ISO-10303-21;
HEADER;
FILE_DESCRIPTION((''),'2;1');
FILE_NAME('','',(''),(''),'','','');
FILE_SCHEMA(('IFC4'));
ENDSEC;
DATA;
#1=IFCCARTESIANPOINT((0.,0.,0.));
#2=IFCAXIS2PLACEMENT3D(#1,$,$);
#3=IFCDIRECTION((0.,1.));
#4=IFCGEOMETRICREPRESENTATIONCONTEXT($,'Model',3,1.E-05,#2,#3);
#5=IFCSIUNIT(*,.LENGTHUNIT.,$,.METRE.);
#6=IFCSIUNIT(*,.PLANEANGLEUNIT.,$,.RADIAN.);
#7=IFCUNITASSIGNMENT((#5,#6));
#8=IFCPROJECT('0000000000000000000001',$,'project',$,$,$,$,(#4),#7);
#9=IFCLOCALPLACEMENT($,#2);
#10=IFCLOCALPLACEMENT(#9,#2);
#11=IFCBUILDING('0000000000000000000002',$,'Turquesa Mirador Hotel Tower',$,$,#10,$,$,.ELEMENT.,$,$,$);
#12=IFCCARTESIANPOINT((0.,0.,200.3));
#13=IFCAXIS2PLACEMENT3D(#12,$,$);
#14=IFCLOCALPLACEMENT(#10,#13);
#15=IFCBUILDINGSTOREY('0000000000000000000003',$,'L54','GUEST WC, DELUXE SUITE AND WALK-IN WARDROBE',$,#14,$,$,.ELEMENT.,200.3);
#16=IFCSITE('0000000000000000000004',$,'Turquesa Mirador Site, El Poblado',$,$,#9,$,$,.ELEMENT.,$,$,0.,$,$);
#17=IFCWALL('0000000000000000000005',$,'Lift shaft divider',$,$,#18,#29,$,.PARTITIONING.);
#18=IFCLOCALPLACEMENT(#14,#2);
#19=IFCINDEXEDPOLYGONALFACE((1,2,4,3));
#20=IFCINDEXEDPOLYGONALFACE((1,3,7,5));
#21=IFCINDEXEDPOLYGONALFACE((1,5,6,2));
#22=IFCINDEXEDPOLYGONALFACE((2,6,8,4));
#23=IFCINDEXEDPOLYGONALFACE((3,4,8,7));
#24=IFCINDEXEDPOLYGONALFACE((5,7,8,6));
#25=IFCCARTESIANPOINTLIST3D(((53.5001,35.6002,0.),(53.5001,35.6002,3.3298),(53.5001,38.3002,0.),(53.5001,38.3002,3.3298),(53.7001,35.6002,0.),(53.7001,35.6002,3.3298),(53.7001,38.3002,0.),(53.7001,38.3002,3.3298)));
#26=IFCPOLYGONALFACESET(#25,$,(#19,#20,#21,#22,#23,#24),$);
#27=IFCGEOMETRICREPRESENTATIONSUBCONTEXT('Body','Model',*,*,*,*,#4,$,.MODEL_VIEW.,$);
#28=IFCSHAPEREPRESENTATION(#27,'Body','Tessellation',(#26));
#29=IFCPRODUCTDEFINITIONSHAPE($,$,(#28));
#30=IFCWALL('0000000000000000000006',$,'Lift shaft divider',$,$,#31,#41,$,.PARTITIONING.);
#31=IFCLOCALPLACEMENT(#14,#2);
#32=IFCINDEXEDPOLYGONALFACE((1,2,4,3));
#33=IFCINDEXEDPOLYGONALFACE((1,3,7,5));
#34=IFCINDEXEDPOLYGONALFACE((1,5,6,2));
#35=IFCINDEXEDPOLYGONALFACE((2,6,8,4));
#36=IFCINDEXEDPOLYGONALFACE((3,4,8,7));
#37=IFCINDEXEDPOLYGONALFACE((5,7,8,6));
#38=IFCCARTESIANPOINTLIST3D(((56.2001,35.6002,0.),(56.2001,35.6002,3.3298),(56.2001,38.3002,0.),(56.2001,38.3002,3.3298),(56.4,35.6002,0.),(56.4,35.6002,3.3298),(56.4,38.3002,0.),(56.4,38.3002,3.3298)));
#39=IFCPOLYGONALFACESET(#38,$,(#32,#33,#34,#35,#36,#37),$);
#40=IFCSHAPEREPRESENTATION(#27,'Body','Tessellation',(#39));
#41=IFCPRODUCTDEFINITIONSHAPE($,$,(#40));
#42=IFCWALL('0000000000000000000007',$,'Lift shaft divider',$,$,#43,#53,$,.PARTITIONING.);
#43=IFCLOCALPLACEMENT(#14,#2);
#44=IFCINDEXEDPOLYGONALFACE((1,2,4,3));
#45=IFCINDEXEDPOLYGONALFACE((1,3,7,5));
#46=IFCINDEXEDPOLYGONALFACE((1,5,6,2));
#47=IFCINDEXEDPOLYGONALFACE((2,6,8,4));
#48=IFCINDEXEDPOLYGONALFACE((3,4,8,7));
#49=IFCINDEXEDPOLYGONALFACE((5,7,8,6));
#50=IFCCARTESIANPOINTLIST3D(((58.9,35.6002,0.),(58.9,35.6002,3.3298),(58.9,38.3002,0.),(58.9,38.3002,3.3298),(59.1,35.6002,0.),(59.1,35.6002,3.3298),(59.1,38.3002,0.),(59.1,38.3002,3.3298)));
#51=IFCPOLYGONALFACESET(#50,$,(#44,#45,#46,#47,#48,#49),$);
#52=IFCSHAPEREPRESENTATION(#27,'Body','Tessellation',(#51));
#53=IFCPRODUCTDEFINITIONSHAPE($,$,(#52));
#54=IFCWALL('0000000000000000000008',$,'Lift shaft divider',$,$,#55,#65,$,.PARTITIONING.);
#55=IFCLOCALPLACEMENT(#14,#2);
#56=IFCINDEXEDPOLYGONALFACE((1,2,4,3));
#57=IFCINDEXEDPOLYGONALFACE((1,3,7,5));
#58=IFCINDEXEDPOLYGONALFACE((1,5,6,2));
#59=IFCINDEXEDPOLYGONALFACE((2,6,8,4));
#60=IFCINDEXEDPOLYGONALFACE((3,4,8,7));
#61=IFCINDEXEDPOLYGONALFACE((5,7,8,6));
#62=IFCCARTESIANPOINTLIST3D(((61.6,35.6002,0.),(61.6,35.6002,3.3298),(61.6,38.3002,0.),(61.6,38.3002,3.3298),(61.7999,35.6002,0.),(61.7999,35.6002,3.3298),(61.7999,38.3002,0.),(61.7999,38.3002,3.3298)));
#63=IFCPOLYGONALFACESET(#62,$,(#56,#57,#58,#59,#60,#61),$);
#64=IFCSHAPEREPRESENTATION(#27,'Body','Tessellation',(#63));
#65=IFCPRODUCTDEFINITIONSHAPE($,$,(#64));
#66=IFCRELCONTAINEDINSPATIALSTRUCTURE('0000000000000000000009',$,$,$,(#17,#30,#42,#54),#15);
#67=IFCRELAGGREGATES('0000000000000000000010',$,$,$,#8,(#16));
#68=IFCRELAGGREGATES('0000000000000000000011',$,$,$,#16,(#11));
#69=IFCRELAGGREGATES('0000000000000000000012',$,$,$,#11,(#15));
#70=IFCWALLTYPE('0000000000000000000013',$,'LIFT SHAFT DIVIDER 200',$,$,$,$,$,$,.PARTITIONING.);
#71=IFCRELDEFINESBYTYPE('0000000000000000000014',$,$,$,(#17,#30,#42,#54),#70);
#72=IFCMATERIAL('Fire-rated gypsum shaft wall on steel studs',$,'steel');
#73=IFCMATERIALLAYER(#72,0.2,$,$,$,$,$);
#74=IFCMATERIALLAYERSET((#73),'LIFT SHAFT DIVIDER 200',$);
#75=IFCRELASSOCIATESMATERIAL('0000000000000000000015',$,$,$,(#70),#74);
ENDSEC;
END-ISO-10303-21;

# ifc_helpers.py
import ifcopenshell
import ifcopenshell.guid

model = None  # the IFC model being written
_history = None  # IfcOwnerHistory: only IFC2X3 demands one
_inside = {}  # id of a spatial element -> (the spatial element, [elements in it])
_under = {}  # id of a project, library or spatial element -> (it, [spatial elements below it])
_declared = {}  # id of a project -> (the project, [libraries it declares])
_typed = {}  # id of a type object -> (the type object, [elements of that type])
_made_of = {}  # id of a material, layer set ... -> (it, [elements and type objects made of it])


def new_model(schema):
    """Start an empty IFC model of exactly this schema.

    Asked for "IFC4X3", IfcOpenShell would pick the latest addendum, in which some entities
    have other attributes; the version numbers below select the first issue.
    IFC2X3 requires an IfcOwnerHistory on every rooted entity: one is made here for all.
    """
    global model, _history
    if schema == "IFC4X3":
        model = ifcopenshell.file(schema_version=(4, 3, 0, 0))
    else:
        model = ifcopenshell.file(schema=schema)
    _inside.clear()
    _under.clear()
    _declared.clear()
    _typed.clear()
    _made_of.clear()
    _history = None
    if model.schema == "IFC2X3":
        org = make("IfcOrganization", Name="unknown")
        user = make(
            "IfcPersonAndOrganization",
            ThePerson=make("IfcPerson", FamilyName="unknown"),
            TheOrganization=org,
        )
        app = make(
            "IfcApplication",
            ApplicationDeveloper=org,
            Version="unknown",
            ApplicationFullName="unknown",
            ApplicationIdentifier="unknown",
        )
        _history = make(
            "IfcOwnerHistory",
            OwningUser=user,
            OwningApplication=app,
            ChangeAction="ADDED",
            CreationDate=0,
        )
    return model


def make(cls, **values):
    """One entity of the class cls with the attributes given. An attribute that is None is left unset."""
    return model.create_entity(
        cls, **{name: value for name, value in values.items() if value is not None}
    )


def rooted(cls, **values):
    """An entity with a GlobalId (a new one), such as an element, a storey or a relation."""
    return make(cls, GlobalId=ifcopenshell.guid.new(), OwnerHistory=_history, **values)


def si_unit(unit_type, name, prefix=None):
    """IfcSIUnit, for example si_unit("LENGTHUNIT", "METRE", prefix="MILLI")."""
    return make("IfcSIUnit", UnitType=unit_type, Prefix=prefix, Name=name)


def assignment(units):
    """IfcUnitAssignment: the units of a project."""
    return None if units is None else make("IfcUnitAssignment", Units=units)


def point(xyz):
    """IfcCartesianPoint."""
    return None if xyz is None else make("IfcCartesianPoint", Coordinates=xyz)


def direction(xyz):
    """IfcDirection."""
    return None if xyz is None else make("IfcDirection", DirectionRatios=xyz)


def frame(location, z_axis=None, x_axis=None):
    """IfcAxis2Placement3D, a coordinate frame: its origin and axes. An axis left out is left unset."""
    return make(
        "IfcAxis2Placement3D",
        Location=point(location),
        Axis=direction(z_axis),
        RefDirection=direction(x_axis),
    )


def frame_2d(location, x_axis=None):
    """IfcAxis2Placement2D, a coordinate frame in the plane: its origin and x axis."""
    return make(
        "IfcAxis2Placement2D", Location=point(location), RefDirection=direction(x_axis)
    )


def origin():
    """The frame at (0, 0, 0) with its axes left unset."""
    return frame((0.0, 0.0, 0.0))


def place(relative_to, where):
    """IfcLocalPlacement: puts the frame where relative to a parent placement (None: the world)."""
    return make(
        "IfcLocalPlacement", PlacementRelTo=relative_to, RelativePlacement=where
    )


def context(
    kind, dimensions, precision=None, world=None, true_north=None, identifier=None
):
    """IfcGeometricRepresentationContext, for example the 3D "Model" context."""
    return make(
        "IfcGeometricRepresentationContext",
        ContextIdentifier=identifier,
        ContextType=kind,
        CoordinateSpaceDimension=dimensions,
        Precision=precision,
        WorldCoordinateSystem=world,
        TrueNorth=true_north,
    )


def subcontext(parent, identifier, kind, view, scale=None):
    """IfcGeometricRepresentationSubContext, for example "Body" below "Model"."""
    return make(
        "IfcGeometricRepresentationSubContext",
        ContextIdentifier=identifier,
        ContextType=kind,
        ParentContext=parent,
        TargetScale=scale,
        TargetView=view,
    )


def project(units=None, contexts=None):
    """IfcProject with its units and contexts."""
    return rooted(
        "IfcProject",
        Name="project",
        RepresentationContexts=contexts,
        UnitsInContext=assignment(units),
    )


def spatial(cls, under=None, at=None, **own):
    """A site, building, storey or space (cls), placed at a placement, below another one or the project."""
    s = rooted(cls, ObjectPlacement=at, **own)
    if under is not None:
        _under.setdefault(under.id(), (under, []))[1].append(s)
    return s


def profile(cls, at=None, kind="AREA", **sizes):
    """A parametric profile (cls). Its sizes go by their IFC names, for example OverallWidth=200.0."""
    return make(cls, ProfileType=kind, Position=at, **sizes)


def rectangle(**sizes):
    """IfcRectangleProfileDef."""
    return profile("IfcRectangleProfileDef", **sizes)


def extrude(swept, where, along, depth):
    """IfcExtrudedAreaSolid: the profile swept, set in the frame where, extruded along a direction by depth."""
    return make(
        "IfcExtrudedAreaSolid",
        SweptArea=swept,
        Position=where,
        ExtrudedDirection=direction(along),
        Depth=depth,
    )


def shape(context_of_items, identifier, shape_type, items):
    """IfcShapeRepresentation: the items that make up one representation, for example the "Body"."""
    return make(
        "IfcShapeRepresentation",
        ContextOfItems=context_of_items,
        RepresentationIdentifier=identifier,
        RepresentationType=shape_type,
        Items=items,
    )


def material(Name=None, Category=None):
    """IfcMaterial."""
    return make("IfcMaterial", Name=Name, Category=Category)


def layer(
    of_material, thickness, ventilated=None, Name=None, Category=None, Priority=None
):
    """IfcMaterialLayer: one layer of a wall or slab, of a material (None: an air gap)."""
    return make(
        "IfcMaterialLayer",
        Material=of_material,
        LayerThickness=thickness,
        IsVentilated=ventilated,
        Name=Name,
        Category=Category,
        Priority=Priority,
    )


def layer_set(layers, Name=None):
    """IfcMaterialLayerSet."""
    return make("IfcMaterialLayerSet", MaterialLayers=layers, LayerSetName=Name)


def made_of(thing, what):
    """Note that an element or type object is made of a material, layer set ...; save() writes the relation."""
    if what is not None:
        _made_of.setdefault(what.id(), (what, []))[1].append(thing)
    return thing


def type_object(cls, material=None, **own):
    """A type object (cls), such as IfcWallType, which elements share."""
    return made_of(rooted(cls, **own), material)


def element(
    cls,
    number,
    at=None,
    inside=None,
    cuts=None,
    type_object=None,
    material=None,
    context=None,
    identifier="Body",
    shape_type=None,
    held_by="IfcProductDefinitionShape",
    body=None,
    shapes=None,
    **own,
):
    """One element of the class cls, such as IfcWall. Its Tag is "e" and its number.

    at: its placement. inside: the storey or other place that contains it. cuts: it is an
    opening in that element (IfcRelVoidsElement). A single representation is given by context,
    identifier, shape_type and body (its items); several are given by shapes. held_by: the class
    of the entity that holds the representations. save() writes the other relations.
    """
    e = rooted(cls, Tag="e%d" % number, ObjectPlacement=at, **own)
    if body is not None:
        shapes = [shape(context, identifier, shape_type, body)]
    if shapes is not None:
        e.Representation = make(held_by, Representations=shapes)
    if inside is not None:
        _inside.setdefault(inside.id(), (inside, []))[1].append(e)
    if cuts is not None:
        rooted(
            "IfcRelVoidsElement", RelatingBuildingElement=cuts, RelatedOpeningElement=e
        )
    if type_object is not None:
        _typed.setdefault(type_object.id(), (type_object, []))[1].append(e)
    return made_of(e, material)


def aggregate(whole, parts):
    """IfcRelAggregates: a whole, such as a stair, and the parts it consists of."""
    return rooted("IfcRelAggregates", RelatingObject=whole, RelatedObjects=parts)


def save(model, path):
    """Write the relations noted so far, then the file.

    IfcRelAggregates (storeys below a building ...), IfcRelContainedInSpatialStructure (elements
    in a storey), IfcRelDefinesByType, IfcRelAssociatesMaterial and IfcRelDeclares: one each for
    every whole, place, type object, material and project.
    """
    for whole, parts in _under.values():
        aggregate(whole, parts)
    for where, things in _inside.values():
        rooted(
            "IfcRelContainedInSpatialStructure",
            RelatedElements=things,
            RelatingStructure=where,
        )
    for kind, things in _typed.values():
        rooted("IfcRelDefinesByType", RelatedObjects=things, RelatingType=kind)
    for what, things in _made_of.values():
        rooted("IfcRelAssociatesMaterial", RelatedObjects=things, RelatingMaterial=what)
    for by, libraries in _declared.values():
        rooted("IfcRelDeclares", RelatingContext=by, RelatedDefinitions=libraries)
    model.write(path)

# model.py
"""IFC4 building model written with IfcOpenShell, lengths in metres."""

from ifc_helpers import new_model, si_unit, direction, frame, frame_2d, origin, place, context, subcontext, project, spatial, rectangle, extrude, material, layer, layer_set, type_object, element, save


model = new_model("IFC4")

# Units and contexts
model_context = context("Model", 3, precision=1e-05, world=origin(), true_north=direction((0.0, 1.0)))
body_context = subcontext(model_context, "Body", "Model", "MODEL_VIEW")
ifc_project = project(units=[si_unit("LENGTHUNIT", "METRE"), si_unit("PLANEANGLEUNIT", "RADIAN")], contexts=[model_context])

# Site, building, storey
site_placement = place(None, origin())
site = spatial("IfcSite", under=ifc_project, at=site_placement, Name="Turquesa Mirador Site, El Poblado", CompositionType="ELEMENT", RefElevation=0.0)
building_placement = place(site_placement, origin())
building = spatial("IfcBuilding", under=site, at=building_placement, Name="Turquesa Mirador Hotel Tower", CompositionType="ELEMENT")
storey_placement = place(building_placement, frame((0.0, 0.0, 200.3)))
storey = spatial("IfcBuildingStorey", under=building, at=storey_placement, Name="L54", Description="GUEST WC, DELUXE SUITE AND WALK-IN WARDROBE", CompositionType="ELEMENT", Elevation=200.3)

# Walls
ifc_material_1 = material(Name="Fire-rated gypsum shaft wall on steel studs", Category="steel")
ifc_layer_1 = layer(ifc_material_1, 0.2)
ifc_layer_set_1 = layer_set([ifc_layer_1], Name="LIFT SHAFT DIVIDER 200")
wall_type_1 = type_object("IfcWallType", Name="LIFT SHAFT DIVIDER 200", PredefinedType="PARTITIONING", material=ifc_layer_set_1)
for number, where, z_axis, x_axis, name in (
    (1, (53.6001, 35.6001, 0.0), (0.0, 0.0, 1.0), (0.0, 1.0, 0.0), "Lift shaft divider"),
    (2, (56.3, 35.6001, 0.0), (0.0, 0.0, 1.0), (0.0, 1.0, 0.0), "Lift shaft divider"),
    (3, (59.0, 35.6001, 0.0), (0.0, 0.0, 1.0), (0.0, 1.0, 0.0), "Lift shaft divider"),
    (4, (61.7, 35.6001, 0.0), (0.0, 0.0, 1.0), (0.0, 1.0, 0.0), "Lift shaft divider"),
):
    element("IfcWall", number, at=place(storey_placement, frame(where, z_axis=z_axis, x_axis=x_axis)), inside=storey, type_object=wall_type_1, Name=name, PredefinedType="PARTITIONING", context=body_context, shape_type="SweptSolid", body=[
        extrude(rectangle(XDim=2.7, YDim=0.2, at=frame_2d((1.3501, 0.0))), origin(), (0.0, 0.0, 1.0), 3.3298),
    ])

save(model, "model.ifc")
